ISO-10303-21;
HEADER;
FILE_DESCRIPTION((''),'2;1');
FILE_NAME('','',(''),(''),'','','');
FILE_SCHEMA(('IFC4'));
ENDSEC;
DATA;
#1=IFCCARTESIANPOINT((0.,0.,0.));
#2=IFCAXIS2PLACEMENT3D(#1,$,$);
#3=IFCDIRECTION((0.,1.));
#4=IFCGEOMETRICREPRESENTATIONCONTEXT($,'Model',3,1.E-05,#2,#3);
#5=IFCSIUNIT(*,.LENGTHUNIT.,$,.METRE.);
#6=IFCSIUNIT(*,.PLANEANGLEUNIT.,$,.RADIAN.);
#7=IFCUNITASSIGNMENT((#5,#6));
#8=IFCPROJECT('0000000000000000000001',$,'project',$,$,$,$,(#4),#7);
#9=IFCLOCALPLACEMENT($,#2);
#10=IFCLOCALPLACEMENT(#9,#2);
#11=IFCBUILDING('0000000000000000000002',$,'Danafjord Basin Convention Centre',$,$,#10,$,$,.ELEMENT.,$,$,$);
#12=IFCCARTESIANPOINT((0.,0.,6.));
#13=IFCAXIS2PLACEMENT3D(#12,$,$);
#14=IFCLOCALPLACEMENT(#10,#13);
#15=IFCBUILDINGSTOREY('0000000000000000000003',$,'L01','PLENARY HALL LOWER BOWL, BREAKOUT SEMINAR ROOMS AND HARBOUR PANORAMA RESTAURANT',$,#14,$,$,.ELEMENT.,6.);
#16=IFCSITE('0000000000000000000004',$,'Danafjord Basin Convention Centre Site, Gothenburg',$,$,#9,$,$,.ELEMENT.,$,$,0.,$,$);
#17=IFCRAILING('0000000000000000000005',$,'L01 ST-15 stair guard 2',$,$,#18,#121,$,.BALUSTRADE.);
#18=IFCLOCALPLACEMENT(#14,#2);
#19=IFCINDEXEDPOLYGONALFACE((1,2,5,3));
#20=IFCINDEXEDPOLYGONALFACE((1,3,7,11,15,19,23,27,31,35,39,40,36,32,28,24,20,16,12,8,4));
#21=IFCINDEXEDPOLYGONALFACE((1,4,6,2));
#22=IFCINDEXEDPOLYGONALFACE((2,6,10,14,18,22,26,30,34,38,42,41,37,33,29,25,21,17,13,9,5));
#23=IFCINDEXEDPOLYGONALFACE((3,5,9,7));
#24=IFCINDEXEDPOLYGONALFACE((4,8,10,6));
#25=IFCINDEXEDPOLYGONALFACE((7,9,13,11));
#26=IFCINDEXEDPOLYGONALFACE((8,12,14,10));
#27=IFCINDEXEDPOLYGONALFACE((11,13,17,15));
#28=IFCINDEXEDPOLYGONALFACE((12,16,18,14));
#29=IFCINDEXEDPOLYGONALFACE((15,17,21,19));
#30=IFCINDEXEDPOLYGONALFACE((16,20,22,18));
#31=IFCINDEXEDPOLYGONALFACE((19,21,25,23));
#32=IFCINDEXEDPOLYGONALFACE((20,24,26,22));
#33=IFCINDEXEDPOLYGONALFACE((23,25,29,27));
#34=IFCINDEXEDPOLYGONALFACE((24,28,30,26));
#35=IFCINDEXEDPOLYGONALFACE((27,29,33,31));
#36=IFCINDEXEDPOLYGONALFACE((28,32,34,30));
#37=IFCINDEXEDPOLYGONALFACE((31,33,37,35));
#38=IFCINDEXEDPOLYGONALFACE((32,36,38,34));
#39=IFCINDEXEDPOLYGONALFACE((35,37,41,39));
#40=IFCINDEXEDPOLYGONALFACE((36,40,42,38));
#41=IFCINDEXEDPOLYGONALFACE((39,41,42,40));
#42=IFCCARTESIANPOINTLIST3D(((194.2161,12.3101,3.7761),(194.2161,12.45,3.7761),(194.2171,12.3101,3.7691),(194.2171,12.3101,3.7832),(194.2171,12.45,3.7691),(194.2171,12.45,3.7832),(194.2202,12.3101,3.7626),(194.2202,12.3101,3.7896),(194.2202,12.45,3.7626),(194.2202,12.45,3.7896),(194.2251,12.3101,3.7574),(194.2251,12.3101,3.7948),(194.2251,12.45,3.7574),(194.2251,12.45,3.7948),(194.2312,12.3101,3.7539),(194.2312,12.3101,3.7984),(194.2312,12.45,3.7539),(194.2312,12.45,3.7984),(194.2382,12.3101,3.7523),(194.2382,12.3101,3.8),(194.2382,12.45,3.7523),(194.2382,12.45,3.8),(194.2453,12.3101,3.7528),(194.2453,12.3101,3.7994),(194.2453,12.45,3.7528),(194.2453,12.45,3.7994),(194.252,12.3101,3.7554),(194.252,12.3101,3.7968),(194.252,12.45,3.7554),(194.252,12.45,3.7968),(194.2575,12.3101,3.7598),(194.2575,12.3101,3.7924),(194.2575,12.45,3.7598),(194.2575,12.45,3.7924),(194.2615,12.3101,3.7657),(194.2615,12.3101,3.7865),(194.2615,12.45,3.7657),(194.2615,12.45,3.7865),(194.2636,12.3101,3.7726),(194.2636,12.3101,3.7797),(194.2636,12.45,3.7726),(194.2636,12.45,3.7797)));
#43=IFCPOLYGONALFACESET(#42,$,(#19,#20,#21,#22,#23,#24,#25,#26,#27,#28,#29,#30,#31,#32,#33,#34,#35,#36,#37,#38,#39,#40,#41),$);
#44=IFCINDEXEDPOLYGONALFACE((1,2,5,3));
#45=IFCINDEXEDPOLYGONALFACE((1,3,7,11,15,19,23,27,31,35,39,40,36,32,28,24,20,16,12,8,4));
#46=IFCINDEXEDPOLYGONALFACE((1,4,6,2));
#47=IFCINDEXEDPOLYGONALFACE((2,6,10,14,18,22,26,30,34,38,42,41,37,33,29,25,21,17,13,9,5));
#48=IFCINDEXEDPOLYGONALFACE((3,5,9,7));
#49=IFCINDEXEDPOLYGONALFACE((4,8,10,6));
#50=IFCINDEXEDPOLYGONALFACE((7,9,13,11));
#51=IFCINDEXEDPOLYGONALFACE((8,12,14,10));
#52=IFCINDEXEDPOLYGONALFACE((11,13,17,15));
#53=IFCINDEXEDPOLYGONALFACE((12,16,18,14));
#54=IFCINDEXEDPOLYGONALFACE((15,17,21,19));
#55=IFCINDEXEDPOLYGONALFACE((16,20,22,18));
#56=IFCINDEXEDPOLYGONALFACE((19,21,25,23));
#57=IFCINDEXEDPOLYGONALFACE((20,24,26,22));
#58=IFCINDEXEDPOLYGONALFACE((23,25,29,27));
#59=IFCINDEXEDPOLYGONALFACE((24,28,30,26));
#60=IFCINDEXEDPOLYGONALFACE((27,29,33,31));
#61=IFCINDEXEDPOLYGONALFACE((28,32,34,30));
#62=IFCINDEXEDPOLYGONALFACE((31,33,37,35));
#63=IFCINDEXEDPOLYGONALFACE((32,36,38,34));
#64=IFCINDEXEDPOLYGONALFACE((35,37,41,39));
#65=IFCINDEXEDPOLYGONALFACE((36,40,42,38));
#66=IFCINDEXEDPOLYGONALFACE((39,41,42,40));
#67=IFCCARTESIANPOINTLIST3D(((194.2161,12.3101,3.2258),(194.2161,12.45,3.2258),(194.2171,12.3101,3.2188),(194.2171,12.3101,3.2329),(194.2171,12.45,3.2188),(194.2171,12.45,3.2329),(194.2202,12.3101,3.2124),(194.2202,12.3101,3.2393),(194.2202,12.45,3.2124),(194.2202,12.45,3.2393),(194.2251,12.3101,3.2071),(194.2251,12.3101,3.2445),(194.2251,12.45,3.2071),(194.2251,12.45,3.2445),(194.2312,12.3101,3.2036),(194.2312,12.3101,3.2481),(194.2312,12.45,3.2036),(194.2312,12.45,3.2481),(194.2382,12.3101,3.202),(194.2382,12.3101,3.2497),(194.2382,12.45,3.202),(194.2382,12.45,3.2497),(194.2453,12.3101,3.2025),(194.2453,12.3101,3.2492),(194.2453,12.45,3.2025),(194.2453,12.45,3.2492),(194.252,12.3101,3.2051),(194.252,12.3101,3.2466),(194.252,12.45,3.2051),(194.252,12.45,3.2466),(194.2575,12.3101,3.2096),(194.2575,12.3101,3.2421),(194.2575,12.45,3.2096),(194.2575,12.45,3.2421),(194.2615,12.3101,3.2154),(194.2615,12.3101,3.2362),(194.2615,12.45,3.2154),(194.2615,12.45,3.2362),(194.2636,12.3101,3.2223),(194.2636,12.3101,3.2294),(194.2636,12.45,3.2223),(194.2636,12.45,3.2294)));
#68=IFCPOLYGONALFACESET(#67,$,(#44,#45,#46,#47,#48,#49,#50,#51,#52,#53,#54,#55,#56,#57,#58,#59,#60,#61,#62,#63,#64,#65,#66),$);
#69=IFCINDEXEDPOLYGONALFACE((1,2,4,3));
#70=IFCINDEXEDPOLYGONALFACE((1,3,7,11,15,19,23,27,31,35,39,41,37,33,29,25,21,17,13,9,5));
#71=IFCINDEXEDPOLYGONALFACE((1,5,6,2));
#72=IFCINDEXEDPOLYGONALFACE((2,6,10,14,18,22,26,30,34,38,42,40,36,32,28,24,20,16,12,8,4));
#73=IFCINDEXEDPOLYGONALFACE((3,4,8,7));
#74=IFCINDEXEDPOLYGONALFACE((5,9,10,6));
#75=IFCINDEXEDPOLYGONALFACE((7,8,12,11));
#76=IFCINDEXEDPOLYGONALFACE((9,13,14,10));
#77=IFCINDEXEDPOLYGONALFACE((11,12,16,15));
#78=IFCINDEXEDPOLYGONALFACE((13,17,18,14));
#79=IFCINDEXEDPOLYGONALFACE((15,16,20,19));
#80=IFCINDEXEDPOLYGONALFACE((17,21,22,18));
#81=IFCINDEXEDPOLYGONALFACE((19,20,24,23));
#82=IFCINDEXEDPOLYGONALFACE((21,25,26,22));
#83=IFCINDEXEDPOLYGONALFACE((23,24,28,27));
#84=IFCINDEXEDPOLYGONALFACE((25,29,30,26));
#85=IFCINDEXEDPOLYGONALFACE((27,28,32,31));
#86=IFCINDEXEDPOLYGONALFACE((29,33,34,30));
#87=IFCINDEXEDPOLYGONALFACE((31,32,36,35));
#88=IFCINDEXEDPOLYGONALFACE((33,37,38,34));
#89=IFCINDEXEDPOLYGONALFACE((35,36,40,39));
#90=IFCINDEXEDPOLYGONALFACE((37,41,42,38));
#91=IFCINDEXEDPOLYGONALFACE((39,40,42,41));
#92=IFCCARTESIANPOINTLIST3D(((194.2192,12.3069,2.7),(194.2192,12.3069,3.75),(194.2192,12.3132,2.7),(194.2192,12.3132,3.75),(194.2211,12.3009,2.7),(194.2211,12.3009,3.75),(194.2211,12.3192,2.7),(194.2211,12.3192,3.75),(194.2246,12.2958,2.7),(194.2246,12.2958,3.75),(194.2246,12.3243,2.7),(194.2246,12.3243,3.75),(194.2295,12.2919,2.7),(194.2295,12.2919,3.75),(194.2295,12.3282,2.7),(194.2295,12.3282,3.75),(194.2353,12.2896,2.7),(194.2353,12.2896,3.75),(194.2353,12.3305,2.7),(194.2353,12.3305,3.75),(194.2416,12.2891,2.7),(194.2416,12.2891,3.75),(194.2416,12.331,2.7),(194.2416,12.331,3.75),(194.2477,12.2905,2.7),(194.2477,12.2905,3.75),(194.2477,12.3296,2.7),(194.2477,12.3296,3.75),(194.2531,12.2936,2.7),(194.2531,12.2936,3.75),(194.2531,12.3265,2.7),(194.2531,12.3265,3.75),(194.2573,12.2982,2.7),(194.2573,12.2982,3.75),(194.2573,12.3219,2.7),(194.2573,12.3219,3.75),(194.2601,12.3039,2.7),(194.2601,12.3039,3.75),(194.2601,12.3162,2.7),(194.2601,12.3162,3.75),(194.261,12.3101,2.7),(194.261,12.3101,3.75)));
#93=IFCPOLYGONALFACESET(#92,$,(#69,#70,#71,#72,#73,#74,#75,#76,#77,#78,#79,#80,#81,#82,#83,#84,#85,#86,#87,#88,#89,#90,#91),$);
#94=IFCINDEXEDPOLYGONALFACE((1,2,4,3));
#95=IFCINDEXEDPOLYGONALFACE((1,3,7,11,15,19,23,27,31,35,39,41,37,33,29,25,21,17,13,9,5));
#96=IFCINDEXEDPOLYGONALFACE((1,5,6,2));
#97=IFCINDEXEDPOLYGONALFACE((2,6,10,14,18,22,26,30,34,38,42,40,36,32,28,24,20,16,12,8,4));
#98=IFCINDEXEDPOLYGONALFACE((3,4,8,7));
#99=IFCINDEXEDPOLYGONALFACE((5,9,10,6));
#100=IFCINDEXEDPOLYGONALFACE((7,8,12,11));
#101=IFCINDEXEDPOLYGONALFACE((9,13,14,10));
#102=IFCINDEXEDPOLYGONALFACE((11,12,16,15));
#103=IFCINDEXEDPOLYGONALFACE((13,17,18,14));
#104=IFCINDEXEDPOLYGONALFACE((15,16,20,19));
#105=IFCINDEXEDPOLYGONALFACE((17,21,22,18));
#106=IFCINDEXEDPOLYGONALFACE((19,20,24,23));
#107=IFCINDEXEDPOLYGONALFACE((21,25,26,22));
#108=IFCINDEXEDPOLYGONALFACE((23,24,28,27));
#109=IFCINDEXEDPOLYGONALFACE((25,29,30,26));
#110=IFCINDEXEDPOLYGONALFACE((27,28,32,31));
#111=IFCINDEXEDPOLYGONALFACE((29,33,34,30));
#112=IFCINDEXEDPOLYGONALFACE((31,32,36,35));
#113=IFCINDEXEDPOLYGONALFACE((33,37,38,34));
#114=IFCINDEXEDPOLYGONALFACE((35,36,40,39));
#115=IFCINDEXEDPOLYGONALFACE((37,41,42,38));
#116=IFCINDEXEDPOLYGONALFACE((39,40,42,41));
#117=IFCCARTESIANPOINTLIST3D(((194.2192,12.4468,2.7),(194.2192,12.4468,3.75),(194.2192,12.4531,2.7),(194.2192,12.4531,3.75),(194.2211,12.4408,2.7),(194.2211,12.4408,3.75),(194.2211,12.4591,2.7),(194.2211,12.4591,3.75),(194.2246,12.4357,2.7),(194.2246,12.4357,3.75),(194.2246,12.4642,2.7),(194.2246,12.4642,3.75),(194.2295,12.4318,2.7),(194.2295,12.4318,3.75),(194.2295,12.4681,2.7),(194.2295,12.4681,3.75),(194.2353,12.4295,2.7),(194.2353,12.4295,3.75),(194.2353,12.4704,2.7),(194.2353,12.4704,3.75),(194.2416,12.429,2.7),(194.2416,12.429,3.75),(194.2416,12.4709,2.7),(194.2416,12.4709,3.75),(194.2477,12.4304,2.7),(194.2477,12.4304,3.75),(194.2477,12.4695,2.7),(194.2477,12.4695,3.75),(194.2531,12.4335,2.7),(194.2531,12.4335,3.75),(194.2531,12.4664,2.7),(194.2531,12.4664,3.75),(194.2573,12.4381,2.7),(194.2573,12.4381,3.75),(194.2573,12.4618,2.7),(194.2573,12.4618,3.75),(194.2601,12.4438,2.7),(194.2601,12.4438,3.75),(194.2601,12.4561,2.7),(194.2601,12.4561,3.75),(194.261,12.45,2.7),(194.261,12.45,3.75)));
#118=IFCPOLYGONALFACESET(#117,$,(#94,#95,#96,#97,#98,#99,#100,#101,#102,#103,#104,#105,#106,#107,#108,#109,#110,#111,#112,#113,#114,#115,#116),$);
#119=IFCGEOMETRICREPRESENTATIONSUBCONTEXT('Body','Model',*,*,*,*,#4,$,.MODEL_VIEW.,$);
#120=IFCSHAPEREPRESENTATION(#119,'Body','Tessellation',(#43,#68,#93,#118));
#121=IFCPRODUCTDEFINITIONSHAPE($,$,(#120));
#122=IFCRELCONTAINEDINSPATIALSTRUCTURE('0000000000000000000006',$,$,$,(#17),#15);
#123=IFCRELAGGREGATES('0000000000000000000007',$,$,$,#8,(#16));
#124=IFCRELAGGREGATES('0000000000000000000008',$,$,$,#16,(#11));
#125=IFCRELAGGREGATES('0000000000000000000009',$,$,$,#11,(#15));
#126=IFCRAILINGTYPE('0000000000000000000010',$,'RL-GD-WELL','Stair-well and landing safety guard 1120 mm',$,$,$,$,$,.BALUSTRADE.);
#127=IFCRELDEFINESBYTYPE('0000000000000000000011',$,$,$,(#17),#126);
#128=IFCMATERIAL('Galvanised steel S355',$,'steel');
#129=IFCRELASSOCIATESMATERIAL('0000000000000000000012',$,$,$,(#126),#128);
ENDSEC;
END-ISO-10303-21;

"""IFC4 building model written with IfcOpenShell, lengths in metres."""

from ifc_helpers import new_model, si_unit, direction, frame, origin, origin_2d, place, context, subcontext, project, spatial, circle, extrude, material, type_object, element, save


model = new_model("IFC4")

# Units and contexts
model_context = context("Model", 3, precision=1e-05, world=origin(), true_north=direction((0.0, 1.0)))
body_context = subcontext(model_context, "Body", "Model", "MODEL_VIEW")
ifc_project = project(units=[si_unit("LENGTHUNIT", "METRE"), si_unit("PLANEANGLEUNIT", "RADIAN")], contexts=[model_context])

# Site, building, storey
site_placement = place(None, origin())
site = spatial("IfcSite", under=ifc_project, at=site_placement, Name="Danafjord Basin Convention Centre Site, Gothenburg", CompositionType="ELEMENT", RefElevation=0.0)
building_placement = place(site_placement, origin())
building = spatial("IfcBuilding", under=site, at=building_placement, Name="Danafjord Basin Convention Centre", CompositionType="ELEMENT")
storey_placement = place(building_placement, frame((0.0, 0.0, 6.0)))
storey = spatial("IfcBuildingStorey", under=building, at=storey_placement, Name="L01", Description="PLENARY HALL LOWER BOWL, BREAKOUT SEMINAR ROOMS AND HARBOUR PANORAMA RESTAURANT", CompositionType="ELEMENT", Elevation=6.0)

# Railing
ifc_material_1 = material(Name="Galvanised steel S355", Category="steel")
railing_type_1 = type_object("IfcRailingType", Name="RL-GD-WELL", Description="Stair-well and landing safety guard 1120 mm", PredefinedType="BALUSTRADE", material=ifc_material_1)
railing_1_placement = place(storey_placement, frame((194.24, 12.3101, 2.7)))
element("IfcRailing", 1, at=railing_1_placement, inside=storey, type_object=railing_type_1, Name="L01 ST-15 stair guard 2", PredefinedType="BALUSTRADE", context=body_context, shape_type="SweptSolid", body=[
    extrude(circle(Radius=0.0239, at=origin_2d()), frame((0.0, 0.0, 1.0762), z_axis=(0.0, 1.0, 0.0), x_axis=(-1.0, 0.0, 0.0)), (0.0, 0.0, 1.0), 0.1399),
    extrude(circle(Radius=0.0239, at=origin_2d()), frame((0.0, 0.0, 0.5259), z_axis=(0.0, 1.0, 0.0), x_axis=(-1.0, 0.0, 0.0)), (0.0, 0.0, 1.0), 0.1399),
    extrude(circle(Radius=0.021, at=origin_2d()), origin(), (0.0, 0.0, 1.0), 1.05),
    extrude(circle(Radius=0.021, at=origin_2d()), frame((0.0, 0.1399, 0.0)), (0.0, 0.0, 1.0), 1.05),
])

save(model, "model.ifc")
